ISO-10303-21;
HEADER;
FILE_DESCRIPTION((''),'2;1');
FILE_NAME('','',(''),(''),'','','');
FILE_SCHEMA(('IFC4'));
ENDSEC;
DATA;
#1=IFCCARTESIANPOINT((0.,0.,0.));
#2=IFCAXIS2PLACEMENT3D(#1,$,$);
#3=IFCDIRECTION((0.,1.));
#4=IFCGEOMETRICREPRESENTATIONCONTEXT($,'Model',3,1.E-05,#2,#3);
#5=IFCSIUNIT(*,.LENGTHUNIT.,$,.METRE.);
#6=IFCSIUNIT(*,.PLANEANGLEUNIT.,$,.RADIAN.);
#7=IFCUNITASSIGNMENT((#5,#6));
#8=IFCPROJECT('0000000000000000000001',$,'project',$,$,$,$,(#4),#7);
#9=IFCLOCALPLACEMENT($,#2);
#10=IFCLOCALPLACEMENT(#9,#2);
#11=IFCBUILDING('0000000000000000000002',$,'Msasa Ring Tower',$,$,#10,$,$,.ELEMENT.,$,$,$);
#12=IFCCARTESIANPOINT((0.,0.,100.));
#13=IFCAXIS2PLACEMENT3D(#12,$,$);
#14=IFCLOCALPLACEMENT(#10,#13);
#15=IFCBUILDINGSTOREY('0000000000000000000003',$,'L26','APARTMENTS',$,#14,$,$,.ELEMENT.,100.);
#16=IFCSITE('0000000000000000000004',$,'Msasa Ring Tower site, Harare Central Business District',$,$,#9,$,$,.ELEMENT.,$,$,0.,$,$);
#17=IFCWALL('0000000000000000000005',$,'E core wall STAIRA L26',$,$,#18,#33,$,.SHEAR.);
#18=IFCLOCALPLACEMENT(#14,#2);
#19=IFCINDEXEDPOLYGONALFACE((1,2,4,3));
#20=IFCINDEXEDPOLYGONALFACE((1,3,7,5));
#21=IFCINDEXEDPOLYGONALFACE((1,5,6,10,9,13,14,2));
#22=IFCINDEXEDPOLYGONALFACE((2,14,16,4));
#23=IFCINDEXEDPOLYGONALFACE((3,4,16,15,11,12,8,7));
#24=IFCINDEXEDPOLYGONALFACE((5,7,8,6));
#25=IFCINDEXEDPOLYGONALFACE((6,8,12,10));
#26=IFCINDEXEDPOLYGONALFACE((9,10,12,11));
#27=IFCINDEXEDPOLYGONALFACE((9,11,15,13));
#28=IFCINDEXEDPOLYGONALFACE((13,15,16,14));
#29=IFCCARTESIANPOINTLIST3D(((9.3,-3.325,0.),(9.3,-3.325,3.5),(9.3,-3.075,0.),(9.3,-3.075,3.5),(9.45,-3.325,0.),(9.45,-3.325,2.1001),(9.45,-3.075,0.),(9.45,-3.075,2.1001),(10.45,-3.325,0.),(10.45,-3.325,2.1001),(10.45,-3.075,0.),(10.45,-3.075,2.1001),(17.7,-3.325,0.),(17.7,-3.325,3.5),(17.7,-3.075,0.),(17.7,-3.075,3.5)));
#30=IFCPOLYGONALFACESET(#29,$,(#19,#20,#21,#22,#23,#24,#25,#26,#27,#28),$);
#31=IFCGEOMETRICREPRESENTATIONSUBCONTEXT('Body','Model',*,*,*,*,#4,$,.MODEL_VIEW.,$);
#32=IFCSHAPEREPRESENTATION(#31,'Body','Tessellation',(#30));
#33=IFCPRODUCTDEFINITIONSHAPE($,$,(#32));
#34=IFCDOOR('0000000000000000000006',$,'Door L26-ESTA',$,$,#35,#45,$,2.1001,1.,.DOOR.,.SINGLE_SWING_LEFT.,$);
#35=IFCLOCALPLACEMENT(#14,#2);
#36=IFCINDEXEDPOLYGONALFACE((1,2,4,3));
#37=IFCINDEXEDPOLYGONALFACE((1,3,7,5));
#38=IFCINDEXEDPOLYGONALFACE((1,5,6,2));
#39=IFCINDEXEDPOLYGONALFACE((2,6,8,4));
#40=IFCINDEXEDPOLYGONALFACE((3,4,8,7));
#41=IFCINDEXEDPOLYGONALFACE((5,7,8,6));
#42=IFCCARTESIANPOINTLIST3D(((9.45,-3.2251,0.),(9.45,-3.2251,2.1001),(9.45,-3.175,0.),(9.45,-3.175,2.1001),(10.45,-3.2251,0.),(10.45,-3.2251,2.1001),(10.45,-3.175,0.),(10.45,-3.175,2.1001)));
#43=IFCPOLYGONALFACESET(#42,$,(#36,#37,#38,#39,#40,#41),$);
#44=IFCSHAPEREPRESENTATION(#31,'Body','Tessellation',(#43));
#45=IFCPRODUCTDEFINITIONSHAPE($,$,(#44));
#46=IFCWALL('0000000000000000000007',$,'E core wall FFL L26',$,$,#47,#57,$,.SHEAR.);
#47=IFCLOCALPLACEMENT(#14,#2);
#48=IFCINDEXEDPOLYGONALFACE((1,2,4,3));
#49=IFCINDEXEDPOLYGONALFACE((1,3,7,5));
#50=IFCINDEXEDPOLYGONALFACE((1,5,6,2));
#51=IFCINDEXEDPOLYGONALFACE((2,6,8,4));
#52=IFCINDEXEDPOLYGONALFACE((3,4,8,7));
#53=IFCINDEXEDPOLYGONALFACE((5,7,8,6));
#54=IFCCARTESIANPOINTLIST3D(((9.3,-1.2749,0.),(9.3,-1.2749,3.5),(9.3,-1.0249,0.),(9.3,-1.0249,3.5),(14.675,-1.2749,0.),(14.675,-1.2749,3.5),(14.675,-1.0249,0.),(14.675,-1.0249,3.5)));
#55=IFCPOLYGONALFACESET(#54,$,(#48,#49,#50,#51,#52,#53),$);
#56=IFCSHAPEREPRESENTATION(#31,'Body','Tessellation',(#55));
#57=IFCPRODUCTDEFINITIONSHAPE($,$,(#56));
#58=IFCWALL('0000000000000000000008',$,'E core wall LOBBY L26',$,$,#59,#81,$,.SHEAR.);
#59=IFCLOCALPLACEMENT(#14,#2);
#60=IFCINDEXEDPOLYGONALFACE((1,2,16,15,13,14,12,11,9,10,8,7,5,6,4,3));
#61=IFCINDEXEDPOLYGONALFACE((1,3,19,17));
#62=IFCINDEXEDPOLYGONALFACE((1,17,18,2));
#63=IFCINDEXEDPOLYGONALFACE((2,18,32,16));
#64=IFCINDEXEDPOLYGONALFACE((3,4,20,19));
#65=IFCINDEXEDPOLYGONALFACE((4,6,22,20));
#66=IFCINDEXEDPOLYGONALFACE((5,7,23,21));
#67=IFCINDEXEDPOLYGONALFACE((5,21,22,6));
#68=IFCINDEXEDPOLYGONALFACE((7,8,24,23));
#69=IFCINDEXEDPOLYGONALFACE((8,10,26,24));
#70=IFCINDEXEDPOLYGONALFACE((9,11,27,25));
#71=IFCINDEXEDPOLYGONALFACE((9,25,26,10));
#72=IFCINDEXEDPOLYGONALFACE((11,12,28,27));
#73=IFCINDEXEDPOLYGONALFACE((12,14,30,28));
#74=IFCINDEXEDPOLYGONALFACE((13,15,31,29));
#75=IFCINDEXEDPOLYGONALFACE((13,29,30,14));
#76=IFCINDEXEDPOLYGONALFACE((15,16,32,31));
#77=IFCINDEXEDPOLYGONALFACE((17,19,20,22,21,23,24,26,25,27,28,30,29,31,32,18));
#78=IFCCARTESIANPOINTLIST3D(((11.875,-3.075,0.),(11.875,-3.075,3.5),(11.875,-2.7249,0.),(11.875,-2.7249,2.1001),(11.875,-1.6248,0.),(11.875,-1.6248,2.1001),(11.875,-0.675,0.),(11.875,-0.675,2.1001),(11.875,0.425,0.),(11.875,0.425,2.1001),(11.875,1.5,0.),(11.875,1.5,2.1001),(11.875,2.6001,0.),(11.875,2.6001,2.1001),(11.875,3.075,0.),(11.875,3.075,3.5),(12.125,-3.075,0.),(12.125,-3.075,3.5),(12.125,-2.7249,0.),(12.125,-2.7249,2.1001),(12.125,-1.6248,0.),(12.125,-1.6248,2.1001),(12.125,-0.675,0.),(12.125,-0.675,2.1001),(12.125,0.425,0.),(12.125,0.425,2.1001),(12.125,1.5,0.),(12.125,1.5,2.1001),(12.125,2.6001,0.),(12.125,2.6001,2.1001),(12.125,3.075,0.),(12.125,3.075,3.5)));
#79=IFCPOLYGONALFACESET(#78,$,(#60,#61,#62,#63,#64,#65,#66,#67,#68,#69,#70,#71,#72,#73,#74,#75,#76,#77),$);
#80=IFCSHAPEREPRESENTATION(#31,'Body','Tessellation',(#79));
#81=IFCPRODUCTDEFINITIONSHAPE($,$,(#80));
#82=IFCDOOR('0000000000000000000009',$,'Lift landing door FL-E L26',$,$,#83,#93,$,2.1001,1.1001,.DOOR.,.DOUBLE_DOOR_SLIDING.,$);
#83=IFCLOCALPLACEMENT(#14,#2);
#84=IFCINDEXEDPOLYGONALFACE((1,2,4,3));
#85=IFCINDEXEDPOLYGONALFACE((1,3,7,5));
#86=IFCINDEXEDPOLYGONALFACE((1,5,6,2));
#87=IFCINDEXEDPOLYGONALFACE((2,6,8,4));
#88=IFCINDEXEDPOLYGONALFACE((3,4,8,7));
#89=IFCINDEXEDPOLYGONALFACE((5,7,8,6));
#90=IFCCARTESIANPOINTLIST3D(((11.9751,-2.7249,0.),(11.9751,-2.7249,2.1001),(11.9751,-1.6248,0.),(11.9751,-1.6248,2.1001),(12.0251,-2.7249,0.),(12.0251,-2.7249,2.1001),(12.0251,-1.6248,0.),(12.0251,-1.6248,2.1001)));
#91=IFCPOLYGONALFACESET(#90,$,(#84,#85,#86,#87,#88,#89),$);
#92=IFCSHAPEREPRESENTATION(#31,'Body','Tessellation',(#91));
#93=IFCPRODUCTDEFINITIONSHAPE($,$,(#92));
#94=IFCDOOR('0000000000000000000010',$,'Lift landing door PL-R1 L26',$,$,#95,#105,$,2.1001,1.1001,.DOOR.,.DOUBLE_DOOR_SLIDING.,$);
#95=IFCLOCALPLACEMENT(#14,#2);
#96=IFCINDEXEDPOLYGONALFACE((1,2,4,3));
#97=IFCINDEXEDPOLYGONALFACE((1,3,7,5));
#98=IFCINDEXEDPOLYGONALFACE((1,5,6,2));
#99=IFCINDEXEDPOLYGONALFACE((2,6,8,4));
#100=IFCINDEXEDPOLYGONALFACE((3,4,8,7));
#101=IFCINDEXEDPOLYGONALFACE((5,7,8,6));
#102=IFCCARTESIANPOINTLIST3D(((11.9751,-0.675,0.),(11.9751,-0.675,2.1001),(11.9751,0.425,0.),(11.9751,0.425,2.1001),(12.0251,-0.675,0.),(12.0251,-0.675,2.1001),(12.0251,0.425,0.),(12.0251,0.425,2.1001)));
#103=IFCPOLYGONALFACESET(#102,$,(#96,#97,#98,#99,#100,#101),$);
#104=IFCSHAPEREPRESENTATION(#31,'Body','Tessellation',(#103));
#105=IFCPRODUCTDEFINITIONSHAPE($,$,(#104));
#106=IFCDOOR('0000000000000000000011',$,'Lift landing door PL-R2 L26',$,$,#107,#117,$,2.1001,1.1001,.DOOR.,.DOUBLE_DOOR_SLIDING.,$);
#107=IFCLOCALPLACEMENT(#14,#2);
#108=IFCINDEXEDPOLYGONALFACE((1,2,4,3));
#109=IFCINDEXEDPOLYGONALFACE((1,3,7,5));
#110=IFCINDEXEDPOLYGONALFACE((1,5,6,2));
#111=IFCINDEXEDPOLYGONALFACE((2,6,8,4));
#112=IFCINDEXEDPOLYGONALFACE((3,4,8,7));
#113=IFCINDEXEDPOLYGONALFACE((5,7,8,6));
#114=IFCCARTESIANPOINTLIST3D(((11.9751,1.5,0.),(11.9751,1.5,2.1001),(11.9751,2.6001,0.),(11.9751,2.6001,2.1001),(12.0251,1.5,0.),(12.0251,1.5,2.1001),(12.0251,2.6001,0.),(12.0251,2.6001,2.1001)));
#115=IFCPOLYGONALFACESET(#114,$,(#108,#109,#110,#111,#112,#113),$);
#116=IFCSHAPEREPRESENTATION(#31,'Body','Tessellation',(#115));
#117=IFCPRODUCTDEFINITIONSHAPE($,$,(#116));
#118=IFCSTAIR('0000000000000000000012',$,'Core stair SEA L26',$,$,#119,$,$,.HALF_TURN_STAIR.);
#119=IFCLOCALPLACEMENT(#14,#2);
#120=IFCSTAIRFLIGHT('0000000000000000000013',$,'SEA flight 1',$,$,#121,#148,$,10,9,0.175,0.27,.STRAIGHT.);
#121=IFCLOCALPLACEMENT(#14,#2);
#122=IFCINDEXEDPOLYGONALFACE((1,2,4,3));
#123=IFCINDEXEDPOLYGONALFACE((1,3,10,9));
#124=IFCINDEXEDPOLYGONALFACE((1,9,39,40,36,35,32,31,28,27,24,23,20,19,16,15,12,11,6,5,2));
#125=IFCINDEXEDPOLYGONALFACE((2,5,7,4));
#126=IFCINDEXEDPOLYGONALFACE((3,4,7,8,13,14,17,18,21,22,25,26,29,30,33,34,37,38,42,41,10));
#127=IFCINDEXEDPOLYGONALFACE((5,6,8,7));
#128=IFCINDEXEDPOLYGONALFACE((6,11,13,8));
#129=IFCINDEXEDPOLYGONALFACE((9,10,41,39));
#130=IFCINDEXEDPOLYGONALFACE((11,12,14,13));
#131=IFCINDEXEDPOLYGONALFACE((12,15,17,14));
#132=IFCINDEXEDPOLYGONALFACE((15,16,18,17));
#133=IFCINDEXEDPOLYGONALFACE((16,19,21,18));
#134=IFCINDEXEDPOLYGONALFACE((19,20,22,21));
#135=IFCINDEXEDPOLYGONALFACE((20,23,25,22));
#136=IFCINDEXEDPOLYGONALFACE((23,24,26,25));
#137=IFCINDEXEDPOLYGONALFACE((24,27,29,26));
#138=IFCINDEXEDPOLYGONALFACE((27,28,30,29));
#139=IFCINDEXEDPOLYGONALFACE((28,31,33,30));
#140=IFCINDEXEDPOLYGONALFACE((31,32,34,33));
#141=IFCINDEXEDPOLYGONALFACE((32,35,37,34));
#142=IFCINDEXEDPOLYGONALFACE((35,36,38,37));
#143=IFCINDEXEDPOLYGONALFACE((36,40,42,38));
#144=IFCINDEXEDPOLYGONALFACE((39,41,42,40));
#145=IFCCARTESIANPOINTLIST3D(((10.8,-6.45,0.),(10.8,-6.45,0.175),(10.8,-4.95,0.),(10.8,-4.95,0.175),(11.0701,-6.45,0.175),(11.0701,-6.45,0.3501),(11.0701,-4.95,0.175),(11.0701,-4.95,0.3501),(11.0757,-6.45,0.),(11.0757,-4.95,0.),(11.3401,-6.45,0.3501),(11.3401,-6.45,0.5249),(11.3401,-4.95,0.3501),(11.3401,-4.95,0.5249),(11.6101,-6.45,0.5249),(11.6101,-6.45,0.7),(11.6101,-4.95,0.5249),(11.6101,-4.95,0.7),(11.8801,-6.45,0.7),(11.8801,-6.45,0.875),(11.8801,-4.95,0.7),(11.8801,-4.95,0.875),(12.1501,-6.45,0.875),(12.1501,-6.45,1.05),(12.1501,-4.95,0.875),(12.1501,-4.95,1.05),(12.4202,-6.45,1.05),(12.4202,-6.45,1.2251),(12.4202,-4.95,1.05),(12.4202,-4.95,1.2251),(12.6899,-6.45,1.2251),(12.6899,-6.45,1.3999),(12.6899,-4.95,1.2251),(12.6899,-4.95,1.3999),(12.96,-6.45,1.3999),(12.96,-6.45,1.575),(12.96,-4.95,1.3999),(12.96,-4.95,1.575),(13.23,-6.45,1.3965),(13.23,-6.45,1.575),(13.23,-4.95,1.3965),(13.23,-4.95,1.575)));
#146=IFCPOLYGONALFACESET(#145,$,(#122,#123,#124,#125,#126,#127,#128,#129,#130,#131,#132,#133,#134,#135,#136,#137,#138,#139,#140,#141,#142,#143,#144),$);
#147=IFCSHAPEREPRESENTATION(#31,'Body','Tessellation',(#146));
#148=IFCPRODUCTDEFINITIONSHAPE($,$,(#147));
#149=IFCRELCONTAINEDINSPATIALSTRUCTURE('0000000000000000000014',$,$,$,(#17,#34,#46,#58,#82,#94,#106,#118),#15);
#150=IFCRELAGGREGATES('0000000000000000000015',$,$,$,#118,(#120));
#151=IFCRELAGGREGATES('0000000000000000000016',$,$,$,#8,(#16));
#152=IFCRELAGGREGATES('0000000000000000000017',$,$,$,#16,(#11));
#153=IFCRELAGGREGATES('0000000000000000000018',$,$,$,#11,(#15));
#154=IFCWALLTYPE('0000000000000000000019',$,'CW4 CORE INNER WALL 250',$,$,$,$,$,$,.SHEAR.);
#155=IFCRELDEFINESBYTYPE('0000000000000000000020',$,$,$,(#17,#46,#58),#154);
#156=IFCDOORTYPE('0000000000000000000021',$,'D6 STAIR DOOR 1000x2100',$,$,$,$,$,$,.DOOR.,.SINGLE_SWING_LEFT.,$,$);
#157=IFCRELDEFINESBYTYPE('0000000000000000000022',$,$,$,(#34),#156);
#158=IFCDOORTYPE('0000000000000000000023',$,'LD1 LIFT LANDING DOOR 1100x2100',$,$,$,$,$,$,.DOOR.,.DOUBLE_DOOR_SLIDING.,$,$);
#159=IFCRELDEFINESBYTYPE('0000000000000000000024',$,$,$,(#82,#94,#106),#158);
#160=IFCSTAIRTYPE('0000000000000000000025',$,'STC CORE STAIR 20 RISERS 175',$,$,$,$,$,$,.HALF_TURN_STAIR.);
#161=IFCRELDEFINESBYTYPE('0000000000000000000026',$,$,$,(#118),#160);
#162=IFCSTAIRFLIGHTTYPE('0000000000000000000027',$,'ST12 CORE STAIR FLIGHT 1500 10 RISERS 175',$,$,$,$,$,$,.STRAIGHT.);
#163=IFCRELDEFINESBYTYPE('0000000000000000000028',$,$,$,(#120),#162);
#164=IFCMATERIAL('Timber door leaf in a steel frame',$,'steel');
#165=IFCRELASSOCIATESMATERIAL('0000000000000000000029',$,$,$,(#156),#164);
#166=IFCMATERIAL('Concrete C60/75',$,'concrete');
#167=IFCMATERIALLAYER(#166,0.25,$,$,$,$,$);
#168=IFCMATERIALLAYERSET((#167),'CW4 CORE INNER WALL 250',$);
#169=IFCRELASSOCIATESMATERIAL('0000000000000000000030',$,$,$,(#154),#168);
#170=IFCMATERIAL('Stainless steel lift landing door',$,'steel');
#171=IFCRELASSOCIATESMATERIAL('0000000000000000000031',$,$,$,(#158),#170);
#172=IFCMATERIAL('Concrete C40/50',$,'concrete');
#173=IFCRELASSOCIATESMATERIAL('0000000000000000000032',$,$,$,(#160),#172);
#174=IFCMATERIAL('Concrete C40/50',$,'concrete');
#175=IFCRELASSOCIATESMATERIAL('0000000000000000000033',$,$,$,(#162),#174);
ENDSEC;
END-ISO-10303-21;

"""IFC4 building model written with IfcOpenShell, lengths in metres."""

from ifc_helpers import new_model, si_unit, direction, frame, frame_2d, origin, place, context, subcontext, project, spatial, polyline, rectangle, outline, extrude, material, layer, layer_set, type_object, element, fill, aggregate, save


model = new_model("IFC4")

# Units and contexts
model_context = context("Model", 3, precision=1e-05, world=origin(), true_north=direction((0.0, 1.0)))
body_context = subcontext(model_context, "Body", "Model", "MODEL_VIEW")
ifc_project = project(units=[si_unit("LENGTHUNIT", "METRE"), si_unit("PLANEANGLEUNIT", "RADIAN")], contexts=[model_context])

# Site, building, storey
site_placement = place(None, origin())
site = spatial("IfcSite", under=ifc_project, at=site_placement, Name="Msasa Ring Tower site, Harare Central Business District", CompositionType="ELEMENT", RefElevation=0.0)
building_placement = place(site_placement, origin())
building = spatial("IfcBuilding", under=site, at=building_placement, Name="Msasa Ring Tower", CompositionType="ELEMENT")
storey_placement = place(building_placement, frame((0.0, 0.0, 100.0)))
storey = spatial("IfcBuildingStorey", under=building, at=storey_placement, Name="L26", Description="APARTMENTS", CompositionType="ELEMENT", Elevation=100.0)

# Shared definitions
ifc_material_1 = material(Name="Timber door leaf in a steel frame", Category="steel")
door_type_1 = type_object("IfcDoorType", Name="D6 STAIR DOOR 1000x2100", OperationType="SINGLE_SWING_LEFT", PredefinedType="DOOR", material=ifc_material_1)

# Wall, opening, door
ifc_material_2 = material(Name="Concrete C60/75", Category="concrete")
ifc_layer_1 = layer(ifc_material_2, 0.25)
ifc_layer_set_1 = layer_set([ifc_layer_1], Name="CW4 CORE INNER WALL 250")
wall_type_1 = type_object("IfcWallType", Name="CW4 CORE INNER WALL 250", PredefinedType="SHEAR", material=ifc_layer_set_1)
wall_1_placement = place(storey_placement, frame((9.3, -3.2, 0.0), z_axis=(0.0, 0.0, 1.0), x_axis=(1.0, 0.0, 0.0)))
wall_1 = element("IfcWall", 1, at=wall_1_placement, inside=storey, type_object=wall_type_1, Name="E core wall STAIRA L26", PredefinedType="SHEAR", context=body_context, shape_type="SweptSolid", body=[
    extrude(rectangle(XDim=8.3999, YDim=0.25, at=frame_2d((4.2, 0.0))), origin(), (0.0, 0.0, 1.0), 3.5),
])
opening_1_placement = place(wall_1_placement, frame((0.1499, 0.0, 0.0)))
opening_1 = element("IfcOpeningElement", 2, at=opening_1_placement, cuts=wall_1, PredefinedType="OPENING", context=body_context, shape_type="SweptSolid", body=[
    extrude(rectangle(XDim=1.0, YDim=2.1001, at=frame_2d((0.5, 1.05))), frame((0.0, 0.135, 0.0), z_axis=(0.0, -1.0, 0.0), x_axis=(1.0, 0.0, 0.0)), (0.0, 0.0, 1.0), 0.27),
])
door_1_placement = place(opening_1_placement, origin())
door_1 = element("IfcDoor", 3, at=door_1_placement, inside=storey, type_object=door_type_1, Name="Door L26-ESTA", OperationType="SINGLE_SWING_LEFT", OverallHeight=2.1001, OverallWidth=1.0, PredefinedType="DOOR", context=body_context, shape_type="SweptSolid", body=[
    extrude(rectangle(XDim=1.0, YDim=2.1001, at=frame_2d((0.5, 1.05))), frame((0.0, 0.0249, 0.0), z_axis=(0.0, -1.0, 0.0), x_axis=(1.0, 0.0, 0.0)), (0.0, 0.0, 1.0), 0.05),
])
fill(opening_1, door_1)

# Wall
wall_2_placement = place(storey_placement, frame((9.3, -1.1499, 0.0), z_axis=(0.0, 0.0, 1.0), x_axis=(1.0, 0.0, 0.0)))
element("IfcWall", 4, at=wall_2_placement, inside=storey, type_object=wall_type_1, Name="E core wall FFL L26", PredefinedType="SHEAR", context=body_context, shape_type="SweptSolid", body=[
    extrude(rectangle(XDim=5.375, YDim=0.25, at=frame_2d((2.6875, 0.0))), origin(), (0.0, 0.0, 1.0), 3.5),
])

# Wall, openings, doors
wall_3_placement = place(storey_placement, frame((12.0, -3.075, 0.0), z_axis=(0.0, 0.0, 1.0), x_axis=(0.0, 1.0, 0.0)))
wall_3 = element("IfcWall", 5, at=wall_3_placement, inside=storey, type_object=wall_type_1, Name="E core wall LOBBY L26", PredefinedType="SHEAR", context=body_context, shape_type="SweptSolid", body=[
    extrude(rectangle(XDim=6.1499, YDim=0.25, at=frame_2d((3.075, 0.0))), origin(), (0.0, 0.0, 1.0), 3.5),
])
opening_2_placement = place(wall_3_placement, frame((0.3501, 0.0, 0.0)))
opening_2 = element("IfcOpeningElement", 6, at=opening_2_placement, cuts=wall_3, PredefinedType="OPENING", context=body_context, shape_type="SweptSolid", body=[
    extrude(rectangle(XDim=1.1001, YDim=2.1001, at=frame_2d((0.55, 1.05))), frame((0.0, 0.135, 0.0), z_axis=(0.0, -1.0, 0.0), x_axis=(1.0, 0.0, 0.0)), (0.0, 0.0, 1.0), 0.27),
])
opening_3_placement = place(wall_3_placement, frame((2.3999, 0.0, 0.0)))
opening_3 = element("IfcOpeningElement", 7, at=opening_3_placement, cuts=wall_3, PredefinedType="OPENING", context=body_context, shape_type="SweptSolid", body=[
    extrude(rectangle(XDim=1.1001, YDim=2.1001, at=frame_2d((0.55, 1.05))), frame((0.0, 0.135, 0.0), z_axis=(0.0, -1.0, 0.0), x_axis=(1.0, 0.0, 0.0)), (0.0, 0.0, 1.0), 0.27),
])
opening_4_placement = place(wall_3_placement, frame((4.575, 0.0, 0.0)))
opening_4 = element("IfcOpeningElement", 8, at=opening_4_placement, cuts=wall_3, PredefinedType="OPENING", context=body_context, shape_type="SweptSolid", body=[
    extrude(rectangle(XDim=1.1001, YDim=2.1001, at=frame_2d((0.55, 1.05))), frame((0.0, 0.135, 0.0), z_axis=(0.0, -1.0, 0.0), x_axis=(1.0, 0.0, 0.0)), (0.0, 0.0, 1.0), 0.27),
])
ifc_material_3 = material(Name="Stainless steel lift landing door", Category="steel")
door_type_2 = type_object("IfcDoorType", Name="LD1 LIFT LANDING DOOR 1100x2100", OperationType="DOUBLE_DOOR_SLIDING", PredefinedType="DOOR", material=ifc_material_3)
door_2_placement = place(opening_2_placement, origin())
door_2 = element("IfcDoor", 9, at=door_2_placement, inside=storey, type_object=door_type_2, Name="Lift landing door FL-E L26", OperationType="DOUBLE_DOOR_SLIDING", OverallHeight=2.1001, OverallWidth=1.1001, PredefinedType="DOOR", context=body_context, shape_type="SweptSolid", body=[
    extrude(rectangle(XDim=1.1001, YDim=2.1001, at=frame_2d((0.55, 1.05))), frame((0.0, 0.0249, 0.0), z_axis=(0.0, -1.0, 0.0), x_axis=(1.0, 0.0, 0.0)), (0.0, 0.0, 1.0), 0.05),
])
fill(opening_2, door_2)
door_3_placement = place(opening_3_placement, origin())
door_3 = element("IfcDoor", 10, at=door_3_placement, inside=storey, type_object=door_type_2, Name="Lift landing door PL-R1 L26", OperationType="DOUBLE_DOOR_SLIDING", OverallHeight=2.1001, OverallWidth=1.1001, PredefinedType="DOOR", context=body_context, shape_type="SweptSolid", body=[
    extrude(rectangle(XDim=1.1001, YDim=2.1001, at=frame_2d((0.55, 1.05))), frame((0.0, 0.0249, 0.0), z_axis=(0.0, -1.0, 0.0), x_axis=(1.0, 0.0, 0.0)), (0.0, 0.0, 1.0), 0.05),
])
fill(opening_3, door_3)
door_4_placement = place(opening_4_placement, origin())
door_4 = element("IfcDoor", 11, at=door_4_placement, inside=storey, type_object=door_type_2, Name="Lift landing door PL-R2 L26", OperationType="DOUBLE_DOOR_SLIDING", OverallHeight=2.1001, OverallWidth=1.1001, PredefinedType="DOOR", context=body_context, shape_type="SweptSolid", body=[
    extrude(rectangle(XDim=1.1001, YDim=2.1001, at=frame_2d((0.55, 1.05))), frame((0.0, 0.0249, 0.0), z_axis=(0.0, -1.0, 0.0), x_axis=(1.0, 0.0, 0.0)), (0.0, 0.0, 1.0), 0.05),
])
fill(opening_4, door_4)

# Stair, stair flight
ifc_material_4 = material(Name="Concrete C40/50", Category="concrete")
stair_type = type_object("IfcStairType", Name="STC CORE STAIR 20 RISERS 175", PredefinedType="HALF_TURN_STAIR", material=ifc_material_4)
stair_placement = place(storey_placement, origin())
stair = element("IfcStair", 12, at=stair_placement, inside=storey, type_object=stair_type, Name="Core stair SEA L26", PredefinedType="HALF_TURN_STAIR")
ifc_material_5 = material(Name="Concrete C40/50", Category="concrete")
stair_flight_type = type_object("IfcStairFlightType", Name="ST12 CORE STAIR FLIGHT 1500 10 RISERS 175", PredefinedType="STRAIGHT", material=ifc_material_5)
stair_flight_placement = place(storey_placement, frame((10.8, -5.7, 0.0), z_axis=(0.0, 0.0, 1.0), x_axis=(1.0, 0.0, 0.0)))
stair_flight = element("IfcStairFlight", 13, at=stair_flight_placement, type_object=stair_flight_type, Name="SEA flight 1", NumberOfRisers=10, NumberOfTreads=9, PredefinedType="STRAIGHT", RiserHeight=0.175, TreadLength=0.27, context=body_context, shape_type="SweptSolid", body=[
    extrude(outline(polyline([(0.0, 0.0), (0.0, 0.175), (0.27, 0.175), (0.27, 0.3501), (0.54, 0.3501), (0.54, 0.5249), (0.8101, 0.5249), (0.8101, 0.7), (1.0801, 0.7), (1.0801, 0.875), (1.3501, 0.875), (1.3501, 1.05), (1.6201, 1.05), (1.6201, 1.2251), (1.8899, 1.2251), (1.8899, 1.3999), (2.1599, 1.3999), (2.1599, 1.575), (2.4299, 1.575), (2.4299, 1.75), (2.4299, 1.3965), (0.2756, 0.0), (0.0, 0.0)])), frame((0.0, 0.75, 0.0), z_axis=(0.0, -1.0, 0.0), x_axis=(1.0, 0.0, 0.0)), (0.0, 0.0, 1.0), 1.5),
])
aggregate(stair, [stair_flight])

save(model, "model.ifc")
